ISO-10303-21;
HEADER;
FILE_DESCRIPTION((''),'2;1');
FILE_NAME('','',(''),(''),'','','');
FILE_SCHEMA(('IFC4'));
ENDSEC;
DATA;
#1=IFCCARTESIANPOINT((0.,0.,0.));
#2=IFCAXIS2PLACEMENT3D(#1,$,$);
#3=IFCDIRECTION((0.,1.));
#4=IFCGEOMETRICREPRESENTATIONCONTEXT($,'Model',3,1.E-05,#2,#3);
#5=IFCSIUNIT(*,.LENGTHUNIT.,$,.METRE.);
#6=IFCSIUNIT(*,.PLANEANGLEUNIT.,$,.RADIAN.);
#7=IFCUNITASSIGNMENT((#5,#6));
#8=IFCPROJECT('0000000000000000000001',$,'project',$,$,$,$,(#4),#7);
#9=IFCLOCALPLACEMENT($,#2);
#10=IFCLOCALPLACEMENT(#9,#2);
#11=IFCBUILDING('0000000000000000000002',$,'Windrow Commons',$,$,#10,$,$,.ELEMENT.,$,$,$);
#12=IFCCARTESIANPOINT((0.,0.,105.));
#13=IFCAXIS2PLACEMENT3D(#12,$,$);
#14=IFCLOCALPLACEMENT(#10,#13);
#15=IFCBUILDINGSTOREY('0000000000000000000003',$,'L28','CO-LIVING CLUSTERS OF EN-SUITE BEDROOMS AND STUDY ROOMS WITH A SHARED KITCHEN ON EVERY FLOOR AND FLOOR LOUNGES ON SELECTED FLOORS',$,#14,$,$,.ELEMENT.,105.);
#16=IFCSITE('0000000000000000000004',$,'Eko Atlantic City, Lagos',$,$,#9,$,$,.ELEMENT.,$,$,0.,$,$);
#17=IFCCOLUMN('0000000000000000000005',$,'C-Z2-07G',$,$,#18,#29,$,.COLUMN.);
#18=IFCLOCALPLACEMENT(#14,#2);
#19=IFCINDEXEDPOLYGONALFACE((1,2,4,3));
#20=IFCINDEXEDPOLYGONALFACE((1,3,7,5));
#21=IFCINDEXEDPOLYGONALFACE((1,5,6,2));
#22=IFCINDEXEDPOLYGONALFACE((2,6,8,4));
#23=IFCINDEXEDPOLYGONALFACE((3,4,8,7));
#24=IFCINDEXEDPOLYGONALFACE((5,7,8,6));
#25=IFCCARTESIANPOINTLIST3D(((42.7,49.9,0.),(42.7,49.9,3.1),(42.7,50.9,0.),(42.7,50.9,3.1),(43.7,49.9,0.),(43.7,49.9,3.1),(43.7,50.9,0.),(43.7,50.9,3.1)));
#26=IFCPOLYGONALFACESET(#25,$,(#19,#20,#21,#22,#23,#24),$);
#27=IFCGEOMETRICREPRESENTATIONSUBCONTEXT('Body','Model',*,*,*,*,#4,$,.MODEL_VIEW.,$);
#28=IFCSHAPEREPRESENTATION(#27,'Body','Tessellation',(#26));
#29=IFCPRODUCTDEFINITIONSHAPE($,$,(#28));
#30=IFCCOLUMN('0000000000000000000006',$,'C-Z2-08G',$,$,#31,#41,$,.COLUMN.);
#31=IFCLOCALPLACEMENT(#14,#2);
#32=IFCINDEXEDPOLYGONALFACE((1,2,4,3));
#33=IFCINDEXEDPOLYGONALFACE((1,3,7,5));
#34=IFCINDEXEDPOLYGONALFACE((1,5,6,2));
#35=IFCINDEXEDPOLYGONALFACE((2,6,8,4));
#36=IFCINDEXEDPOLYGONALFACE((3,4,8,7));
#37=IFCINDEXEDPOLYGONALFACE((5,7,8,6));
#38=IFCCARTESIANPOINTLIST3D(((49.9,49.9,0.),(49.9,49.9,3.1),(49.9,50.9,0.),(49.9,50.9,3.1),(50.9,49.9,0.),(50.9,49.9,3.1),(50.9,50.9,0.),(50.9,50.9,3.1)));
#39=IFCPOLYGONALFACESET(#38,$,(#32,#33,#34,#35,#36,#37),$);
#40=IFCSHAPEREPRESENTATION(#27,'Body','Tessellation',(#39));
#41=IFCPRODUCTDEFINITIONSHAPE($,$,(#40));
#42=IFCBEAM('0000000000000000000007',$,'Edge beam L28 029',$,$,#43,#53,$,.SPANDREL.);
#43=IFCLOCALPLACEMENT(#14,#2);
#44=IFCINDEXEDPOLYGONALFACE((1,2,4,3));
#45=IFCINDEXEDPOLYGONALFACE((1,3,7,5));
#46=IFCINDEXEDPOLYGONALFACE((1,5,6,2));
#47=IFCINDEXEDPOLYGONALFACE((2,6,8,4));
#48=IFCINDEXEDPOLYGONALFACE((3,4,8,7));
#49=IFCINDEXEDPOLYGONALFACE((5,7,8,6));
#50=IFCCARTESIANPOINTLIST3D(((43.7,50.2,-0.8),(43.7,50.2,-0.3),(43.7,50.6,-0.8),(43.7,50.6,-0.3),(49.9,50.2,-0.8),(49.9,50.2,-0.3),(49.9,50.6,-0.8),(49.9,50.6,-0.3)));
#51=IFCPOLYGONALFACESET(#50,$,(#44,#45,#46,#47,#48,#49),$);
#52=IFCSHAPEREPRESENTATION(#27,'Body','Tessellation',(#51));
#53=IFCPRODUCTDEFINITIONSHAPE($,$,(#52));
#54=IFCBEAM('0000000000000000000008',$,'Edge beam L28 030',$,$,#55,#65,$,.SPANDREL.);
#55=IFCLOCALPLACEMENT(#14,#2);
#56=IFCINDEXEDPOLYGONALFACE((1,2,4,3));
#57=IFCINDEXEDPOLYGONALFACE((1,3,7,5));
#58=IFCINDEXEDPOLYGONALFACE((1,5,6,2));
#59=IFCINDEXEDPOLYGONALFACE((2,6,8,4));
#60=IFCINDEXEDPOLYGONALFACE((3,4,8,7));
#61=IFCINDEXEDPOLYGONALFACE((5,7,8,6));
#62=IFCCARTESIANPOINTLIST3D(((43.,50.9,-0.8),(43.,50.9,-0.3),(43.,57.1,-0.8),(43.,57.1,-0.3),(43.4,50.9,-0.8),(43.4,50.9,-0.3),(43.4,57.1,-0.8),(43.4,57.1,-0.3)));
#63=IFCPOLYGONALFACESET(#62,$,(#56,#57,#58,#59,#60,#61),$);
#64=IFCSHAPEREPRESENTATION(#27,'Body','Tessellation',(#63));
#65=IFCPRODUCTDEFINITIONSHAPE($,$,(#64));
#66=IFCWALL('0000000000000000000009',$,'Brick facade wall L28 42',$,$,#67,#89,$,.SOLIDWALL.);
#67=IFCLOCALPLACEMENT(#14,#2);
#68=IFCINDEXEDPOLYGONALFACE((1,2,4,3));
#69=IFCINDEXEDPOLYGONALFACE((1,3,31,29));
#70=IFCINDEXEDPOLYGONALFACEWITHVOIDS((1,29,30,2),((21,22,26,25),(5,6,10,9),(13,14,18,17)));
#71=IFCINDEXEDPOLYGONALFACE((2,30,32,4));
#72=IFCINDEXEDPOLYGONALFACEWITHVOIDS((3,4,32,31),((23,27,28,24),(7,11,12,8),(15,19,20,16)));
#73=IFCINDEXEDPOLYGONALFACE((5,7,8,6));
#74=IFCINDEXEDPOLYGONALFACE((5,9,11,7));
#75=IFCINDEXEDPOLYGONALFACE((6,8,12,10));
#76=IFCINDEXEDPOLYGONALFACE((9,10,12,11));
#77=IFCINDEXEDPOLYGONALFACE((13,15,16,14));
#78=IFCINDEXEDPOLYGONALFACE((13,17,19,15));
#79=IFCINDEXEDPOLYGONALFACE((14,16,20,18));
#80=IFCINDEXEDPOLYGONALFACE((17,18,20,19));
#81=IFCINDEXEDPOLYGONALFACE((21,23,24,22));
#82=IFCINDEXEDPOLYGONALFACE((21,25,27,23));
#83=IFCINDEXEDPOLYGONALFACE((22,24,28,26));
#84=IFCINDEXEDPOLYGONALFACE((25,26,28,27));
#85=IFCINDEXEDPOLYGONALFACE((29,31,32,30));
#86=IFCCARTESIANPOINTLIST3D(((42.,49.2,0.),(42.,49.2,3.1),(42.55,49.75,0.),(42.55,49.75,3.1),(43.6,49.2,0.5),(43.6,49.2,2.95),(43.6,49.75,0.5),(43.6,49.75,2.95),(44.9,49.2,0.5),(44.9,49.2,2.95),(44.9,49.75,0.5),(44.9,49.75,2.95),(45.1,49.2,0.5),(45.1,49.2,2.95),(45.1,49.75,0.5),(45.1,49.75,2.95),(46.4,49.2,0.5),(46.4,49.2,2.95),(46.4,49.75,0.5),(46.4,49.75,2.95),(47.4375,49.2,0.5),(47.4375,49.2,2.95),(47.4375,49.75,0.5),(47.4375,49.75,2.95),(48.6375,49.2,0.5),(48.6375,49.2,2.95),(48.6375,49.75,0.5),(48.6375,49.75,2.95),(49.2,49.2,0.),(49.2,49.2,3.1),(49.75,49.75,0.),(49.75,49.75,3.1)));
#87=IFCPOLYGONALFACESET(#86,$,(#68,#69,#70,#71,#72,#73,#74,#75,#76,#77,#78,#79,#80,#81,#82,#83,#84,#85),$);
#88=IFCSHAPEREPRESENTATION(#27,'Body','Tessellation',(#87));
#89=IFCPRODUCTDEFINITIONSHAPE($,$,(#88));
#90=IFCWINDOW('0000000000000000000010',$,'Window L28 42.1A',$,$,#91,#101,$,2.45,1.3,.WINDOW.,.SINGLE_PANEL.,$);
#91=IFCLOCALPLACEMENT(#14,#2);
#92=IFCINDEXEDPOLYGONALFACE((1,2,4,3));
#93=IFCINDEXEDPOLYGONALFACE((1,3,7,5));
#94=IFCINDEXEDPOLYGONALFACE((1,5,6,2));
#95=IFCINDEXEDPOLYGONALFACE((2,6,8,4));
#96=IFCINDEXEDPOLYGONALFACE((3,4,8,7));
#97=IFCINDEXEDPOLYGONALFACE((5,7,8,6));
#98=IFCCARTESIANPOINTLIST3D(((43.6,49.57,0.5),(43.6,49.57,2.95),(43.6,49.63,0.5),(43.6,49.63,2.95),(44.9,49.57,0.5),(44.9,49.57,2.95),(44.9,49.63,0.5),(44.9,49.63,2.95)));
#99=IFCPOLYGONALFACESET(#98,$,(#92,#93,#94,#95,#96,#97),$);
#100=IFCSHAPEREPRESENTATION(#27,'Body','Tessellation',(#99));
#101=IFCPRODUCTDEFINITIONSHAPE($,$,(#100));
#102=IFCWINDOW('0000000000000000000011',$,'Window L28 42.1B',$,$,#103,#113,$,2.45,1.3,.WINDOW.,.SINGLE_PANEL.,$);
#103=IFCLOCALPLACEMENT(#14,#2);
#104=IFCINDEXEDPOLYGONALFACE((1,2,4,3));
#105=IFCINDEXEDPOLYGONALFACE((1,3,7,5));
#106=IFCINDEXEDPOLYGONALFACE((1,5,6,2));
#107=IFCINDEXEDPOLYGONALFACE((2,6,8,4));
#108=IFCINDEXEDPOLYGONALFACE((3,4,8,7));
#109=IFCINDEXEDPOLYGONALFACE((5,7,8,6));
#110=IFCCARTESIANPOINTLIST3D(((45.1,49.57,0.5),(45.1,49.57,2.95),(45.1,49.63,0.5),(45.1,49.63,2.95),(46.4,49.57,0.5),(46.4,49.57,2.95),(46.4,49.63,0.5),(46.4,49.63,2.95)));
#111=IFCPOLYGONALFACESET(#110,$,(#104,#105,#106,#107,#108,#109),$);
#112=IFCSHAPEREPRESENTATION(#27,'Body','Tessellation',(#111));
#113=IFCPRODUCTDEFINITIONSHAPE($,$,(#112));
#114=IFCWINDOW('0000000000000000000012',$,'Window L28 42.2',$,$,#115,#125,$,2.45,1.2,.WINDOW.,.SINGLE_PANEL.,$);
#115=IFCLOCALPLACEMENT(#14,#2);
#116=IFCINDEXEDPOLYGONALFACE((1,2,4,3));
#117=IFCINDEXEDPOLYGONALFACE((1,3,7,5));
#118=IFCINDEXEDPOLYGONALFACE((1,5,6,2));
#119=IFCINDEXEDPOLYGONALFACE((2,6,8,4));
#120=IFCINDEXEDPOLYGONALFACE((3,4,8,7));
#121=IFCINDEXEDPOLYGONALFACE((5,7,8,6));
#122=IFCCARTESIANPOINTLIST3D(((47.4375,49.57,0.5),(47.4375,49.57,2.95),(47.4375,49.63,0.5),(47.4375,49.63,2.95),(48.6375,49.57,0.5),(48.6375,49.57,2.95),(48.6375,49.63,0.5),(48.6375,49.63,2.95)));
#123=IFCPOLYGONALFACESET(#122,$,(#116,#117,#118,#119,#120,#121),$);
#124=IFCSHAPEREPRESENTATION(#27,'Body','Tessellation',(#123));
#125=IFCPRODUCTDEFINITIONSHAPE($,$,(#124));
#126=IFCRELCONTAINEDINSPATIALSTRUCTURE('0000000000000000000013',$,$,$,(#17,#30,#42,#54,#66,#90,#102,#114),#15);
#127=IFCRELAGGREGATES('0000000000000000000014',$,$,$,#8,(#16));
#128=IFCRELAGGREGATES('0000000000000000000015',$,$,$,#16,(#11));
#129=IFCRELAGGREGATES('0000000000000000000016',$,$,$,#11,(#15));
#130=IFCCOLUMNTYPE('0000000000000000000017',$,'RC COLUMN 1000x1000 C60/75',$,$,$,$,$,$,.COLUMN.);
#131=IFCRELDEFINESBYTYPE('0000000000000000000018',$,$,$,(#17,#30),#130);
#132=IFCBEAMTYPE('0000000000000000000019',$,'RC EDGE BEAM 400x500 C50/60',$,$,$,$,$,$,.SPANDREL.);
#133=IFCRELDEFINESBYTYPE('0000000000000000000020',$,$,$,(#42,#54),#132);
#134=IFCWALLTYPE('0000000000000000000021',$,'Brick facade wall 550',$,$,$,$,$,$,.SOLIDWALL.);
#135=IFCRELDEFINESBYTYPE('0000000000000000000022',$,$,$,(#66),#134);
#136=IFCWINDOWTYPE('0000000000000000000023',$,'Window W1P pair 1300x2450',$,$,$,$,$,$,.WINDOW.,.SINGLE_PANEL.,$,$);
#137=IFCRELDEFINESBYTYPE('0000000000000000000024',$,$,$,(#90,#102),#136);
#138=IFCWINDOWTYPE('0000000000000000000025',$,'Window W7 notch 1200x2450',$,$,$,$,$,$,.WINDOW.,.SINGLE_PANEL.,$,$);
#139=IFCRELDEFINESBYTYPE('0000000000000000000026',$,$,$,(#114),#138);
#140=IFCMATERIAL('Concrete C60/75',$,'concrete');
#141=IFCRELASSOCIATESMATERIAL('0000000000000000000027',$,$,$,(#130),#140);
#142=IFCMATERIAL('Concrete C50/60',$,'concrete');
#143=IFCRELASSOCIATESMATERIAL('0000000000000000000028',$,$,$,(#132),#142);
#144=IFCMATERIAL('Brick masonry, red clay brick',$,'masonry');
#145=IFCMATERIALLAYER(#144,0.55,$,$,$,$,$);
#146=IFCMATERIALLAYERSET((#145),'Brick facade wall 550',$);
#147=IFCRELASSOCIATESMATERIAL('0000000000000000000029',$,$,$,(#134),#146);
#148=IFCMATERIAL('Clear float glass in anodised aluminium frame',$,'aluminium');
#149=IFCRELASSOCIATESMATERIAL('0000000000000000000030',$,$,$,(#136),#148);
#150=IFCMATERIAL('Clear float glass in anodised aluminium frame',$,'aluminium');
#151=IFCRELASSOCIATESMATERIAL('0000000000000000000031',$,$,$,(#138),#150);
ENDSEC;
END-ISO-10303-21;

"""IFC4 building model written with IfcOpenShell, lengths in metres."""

from ifc_helpers import new_model, si_unit, direction, frame, frame_2d, origin, origin_2d, place, context, subcontext, project, spatial, polyline, rectangle, outline, extrude, material, layer, layer_set, material_profile, profile_set, type_object, element, fill, save


model = new_model("IFC4")

# Units and contexts
model_context = context("Model", 3, precision=1e-05, world=origin(), true_north=direction((0.0, 1.0)))
body_context = subcontext(model_context, "Body", "Model", "MODEL_VIEW")
ifc_project = project(units=[si_unit("LENGTHUNIT", "METRE"), si_unit("PLANEANGLEUNIT", "RADIAN")], contexts=[model_context])

# Site, building, storey
site_placement = place(None, origin())
site = spatial("IfcSite", under=ifc_project, at=site_placement, Name="Eko Atlantic City, Lagos", CompositionType="ELEMENT", RefElevation=0.0)
building_placement = place(site_placement, origin())
building = spatial("IfcBuilding", under=site, at=building_placement, Name="Windrow Commons", CompositionType="ELEMENT")
storey_placement = place(building_placement, frame((0.0, 0.0, 105.0)))
storey = spatial("IfcBuildingStorey", under=building, at=storey_placement, Name="L28", Description="CO-LIVING CLUSTERS OF EN-SUITE BEDROOMS AND STUDY ROOMS WITH A SHARED KITCHEN ON EVERY FLOOR AND FLOOR LOUNGES ON SELECTED FLOORS", CompositionType="ELEMENT", Elevation=105.0)

# Columns
ifc_material_1 = material(Name="Concrete C60/75", Category="concrete")
ifc_material_profile_1 = material_profile(ifc_material_1, rectangle(XDim=1.0, YDim=1.0, at=origin_2d()))
ifc_profile_set_1 = profile_set([ifc_material_profile_1], Name="Concrete C60/75")
column_type = type_object("IfcColumnType", Name="RC COLUMN 1000x1000 C60/75", PredefinedType="COLUMN", material=ifc_profile_set_1)
for number, where, z_axis, x_axis, name in (
    (1, (43.2, 50.4, 0.0), (0.0, 0.0, 1.0), (1.0, 0.0, 0.0), "C-Z2-07G"),
    (2, (50.4, 50.4, 0.0), (0.0, 0.0, 1.0), (1.0, 0.0, 0.0), "C-Z2-08G"),
):
    element("IfcColumn", number, at=place(storey_placement, frame(where, z_axis=z_axis, x_axis=x_axis)), inside=storey, type_object=column_type, Name=name, PredefinedType="COLUMN", context=body_context, shape_type="SweptSolid", body=[
        extrude(rectangle(XDim=1.0, YDim=1.0, at=origin_2d()), origin(), (0.0, 0.0, 1.0), 3.1),
    ])

# Beams
ifc_material_2 = material(Name="Concrete C50/60", Category="concrete")
ifc_material_profile_2 = material_profile(ifc_material_2, rectangle(XDim=0.4, YDim=0.5, at=origin_2d()))
ifc_profile_set_2 = profile_set([ifc_material_profile_2], Name="Concrete C50/60")
beam_type = type_object("IfcBeamType", Name="RC EDGE BEAM 400x500 C50/60", PredefinedType="SPANDREL", material=ifc_profile_set_2)
for number, where, z_axis, x_axis, name in (
    (3, (49.9, 50.4, -0.55), (-1.0, 0.0, 0.0), (0.0, -1.0, 0.0), "Edge beam L28 029"),
    (4, (43.2, 50.9, -0.55), (0.0, 1.0, 0.0), (-1.0, 0.0, 0.0), "Edge beam L28 030"),
):
    element("IfcBeam", number, at=place(storey_placement, frame(where, z_axis=z_axis, x_axis=x_axis)), inside=storey, type_object=beam_type, Name=name, PredefinedType="SPANDREL", context=body_context, shape_type="SweptSolid", body=[
        extrude(rectangle(XDim=0.4, YDim=0.5, at=origin_2d()), origin(), (0.0, 0.0, 1.0), 6.2),
    ])

# Wall, openings, windows
ifc_material_3 = material(Name="Brick masonry, red clay brick", Category="masonry")
ifc_layer_1 = layer(ifc_material_3, 0.55)
ifc_layer_set_1 = layer_set([ifc_layer_1], Name="Brick facade wall 550")
wall_type_1 = type_object("IfcWallType", Name="Brick facade wall 550", PredefinedType="SOLIDWALL", material=ifc_layer_set_1)
wall_1_placement = place(storey_placement, frame((42.275, 49.475, 0.0), z_axis=(0.0, 0.0, 1.0), x_axis=(1.0, 0.0, 0.0)))
wall_1 = element("IfcWall", 5, at=wall_1_placement, inside=storey, type_object=wall_type_1, Name="Brick facade wall L28 42", PredefinedType="SOLIDWALL", context=body_context, shape_type="SweptSolid", body=[
    extrude(outline(polyline([(-0.275, -0.275), (6.925, -0.275), (7.475, 0.275), (0.275, 0.275), (-0.275, -0.275)])), origin(), (0.0, 0.0, 1.0), 3.1),
])
opening_1_placement = place(wall_1_placement, frame((1.325, 0.0, 0.5)))
opening_1 = element("IfcOpeningElement", 6, at=opening_1_placement, cuts=wall_1, PredefinedType="OPENING", context=body_context, shape_type="SweptSolid", body=[
    extrude(rectangle(XDim=1.3, YDim=2.45, at=frame_2d((0.65, 1.225))), frame((0.0, 0.285, 0.0), z_axis=(0.0, -1.0, 0.0), x_axis=(1.0, 0.0, 0.0)), (0.0, 0.0, 1.0), 0.57),
])
opening_2_placement = place(wall_1_placement, frame((2.825, 0.0, 0.5)))
opening_2 = element("IfcOpeningElement", 7, at=opening_2_placement, cuts=wall_1, PredefinedType="OPENING", context=body_context, shape_type="SweptSolid", body=[
    extrude(rectangle(XDim=1.3, YDim=2.45, at=frame_2d((0.65, 1.225))), frame((0.0, 0.285, 0.0), z_axis=(0.0, -1.0, 0.0), x_axis=(1.0, 0.0, 0.0)), (0.0, 0.0, 1.0), 0.57),
])
opening_3_placement = place(wall_1_placement, frame((5.1625, 0.0, 0.5)))
opening_3 = element("IfcOpeningElement", 8, at=opening_3_placement, cuts=wall_1, PredefinedType="OPENING", context=body_context, shape_type="SweptSolid", body=[
    extrude(rectangle(XDim=1.2, YDim=2.45, at=frame_2d((0.6, 1.225))), frame((0.0, 0.285, 0.0), z_axis=(0.0, -1.0, 0.0), x_axis=(1.0, 0.0, 0.0)), (0.0, 0.0, 1.0), 0.57),
])
ifc_material_4 = material(Name="Clear float glass in anodised aluminium frame", Category="aluminium")
window_type_1 = type_object("IfcWindowType", Name="Window W1P pair 1300x2450", PartitioningType="SINGLE_PANEL", PredefinedType="WINDOW", material=ifc_material_4)
window_1_placement = place(opening_1_placement, origin())
window_1 = element("IfcWindow", 9, at=window_1_placement, inside=storey, type_object=window_type_1, Name="Window L28 42.1A", OverallHeight=2.45, OverallWidth=1.3, PartitioningType="SINGLE_PANEL", PredefinedType="WINDOW", context=body_context, shape_type="SweptSolid", body=[
    extrude(rectangle(XDim=1.3, YDim=2.45, at=frame_2d((0.65, 1.225))), frame((0.0, 0.155, 0.0), z_axis=(0.0, -1.0, 0.0), x_axis=(1.0, 0.0, 0.0)), (0.0, 0.0, 1.0), 0.06),
])
fill(opening_1, window_1)
window_2_placement = place(opening_2_placement, origin())
window_2 = element("IfcWindow", 10, at=window_2_placement, inside=storey, type_object=window_type_1, Name="Window L28 42.1B", OverallHeight=2.45, OverallWidth=1.3, PartitioningType="SINGLE_PANEL", PredefinedType="WINDOW", context=body_context, shape_type="SweptSolid", body=[
    extrude(rectangle(XDim=1.3, YDim=2.45, at=frame_2d((0.65, 1.225))), frame((0.0, 0.155, 0.0), z_axis=(0.0, -1.0, 0.0), x_axis=(1.0, 0.0, 0.0)), (0.0, 0.0, 1.0), 0.06),
])
fill(opening_2, window_2)
ifc_material_5 = material(Name="Clear float glass in anodised aluminium frame", Category="aluminium")
window_type_2 = type_object("IfcWindowType", Name="Window W7 notch 1200x2450", PartitioningType="SINGLE_PANEL", PredefinedType="WINDOW", material=ifc_material_5)
window_3_placement = place(opening_3_placement, origin())
window_3 = element("IfcWindow", 11, at=window_3_placement, inside=storey, type_object=window_type_2, Name="Window L28 42.2", OverallHeight=2.45, OverallWidth=1.2, PartitioningType="SINGLE_PANEL", PredefinedType="WINDOW", context=body_context, shape_type="SweptSolid", body=[
    extrude(rectangle(XDim=1.2, YDim=2.45, at=frame_2d((0.6, 1.225))), frame((0.0, 0.155, 0.0), z_axis=(0.0, -1.0, 0.0), x_axis=(1.0, 0.0, 0.0)), (0.0, 0.0, 1.0), 0.06),
])
fill(opening_3, window_3)

save(model, "model.ifc")
